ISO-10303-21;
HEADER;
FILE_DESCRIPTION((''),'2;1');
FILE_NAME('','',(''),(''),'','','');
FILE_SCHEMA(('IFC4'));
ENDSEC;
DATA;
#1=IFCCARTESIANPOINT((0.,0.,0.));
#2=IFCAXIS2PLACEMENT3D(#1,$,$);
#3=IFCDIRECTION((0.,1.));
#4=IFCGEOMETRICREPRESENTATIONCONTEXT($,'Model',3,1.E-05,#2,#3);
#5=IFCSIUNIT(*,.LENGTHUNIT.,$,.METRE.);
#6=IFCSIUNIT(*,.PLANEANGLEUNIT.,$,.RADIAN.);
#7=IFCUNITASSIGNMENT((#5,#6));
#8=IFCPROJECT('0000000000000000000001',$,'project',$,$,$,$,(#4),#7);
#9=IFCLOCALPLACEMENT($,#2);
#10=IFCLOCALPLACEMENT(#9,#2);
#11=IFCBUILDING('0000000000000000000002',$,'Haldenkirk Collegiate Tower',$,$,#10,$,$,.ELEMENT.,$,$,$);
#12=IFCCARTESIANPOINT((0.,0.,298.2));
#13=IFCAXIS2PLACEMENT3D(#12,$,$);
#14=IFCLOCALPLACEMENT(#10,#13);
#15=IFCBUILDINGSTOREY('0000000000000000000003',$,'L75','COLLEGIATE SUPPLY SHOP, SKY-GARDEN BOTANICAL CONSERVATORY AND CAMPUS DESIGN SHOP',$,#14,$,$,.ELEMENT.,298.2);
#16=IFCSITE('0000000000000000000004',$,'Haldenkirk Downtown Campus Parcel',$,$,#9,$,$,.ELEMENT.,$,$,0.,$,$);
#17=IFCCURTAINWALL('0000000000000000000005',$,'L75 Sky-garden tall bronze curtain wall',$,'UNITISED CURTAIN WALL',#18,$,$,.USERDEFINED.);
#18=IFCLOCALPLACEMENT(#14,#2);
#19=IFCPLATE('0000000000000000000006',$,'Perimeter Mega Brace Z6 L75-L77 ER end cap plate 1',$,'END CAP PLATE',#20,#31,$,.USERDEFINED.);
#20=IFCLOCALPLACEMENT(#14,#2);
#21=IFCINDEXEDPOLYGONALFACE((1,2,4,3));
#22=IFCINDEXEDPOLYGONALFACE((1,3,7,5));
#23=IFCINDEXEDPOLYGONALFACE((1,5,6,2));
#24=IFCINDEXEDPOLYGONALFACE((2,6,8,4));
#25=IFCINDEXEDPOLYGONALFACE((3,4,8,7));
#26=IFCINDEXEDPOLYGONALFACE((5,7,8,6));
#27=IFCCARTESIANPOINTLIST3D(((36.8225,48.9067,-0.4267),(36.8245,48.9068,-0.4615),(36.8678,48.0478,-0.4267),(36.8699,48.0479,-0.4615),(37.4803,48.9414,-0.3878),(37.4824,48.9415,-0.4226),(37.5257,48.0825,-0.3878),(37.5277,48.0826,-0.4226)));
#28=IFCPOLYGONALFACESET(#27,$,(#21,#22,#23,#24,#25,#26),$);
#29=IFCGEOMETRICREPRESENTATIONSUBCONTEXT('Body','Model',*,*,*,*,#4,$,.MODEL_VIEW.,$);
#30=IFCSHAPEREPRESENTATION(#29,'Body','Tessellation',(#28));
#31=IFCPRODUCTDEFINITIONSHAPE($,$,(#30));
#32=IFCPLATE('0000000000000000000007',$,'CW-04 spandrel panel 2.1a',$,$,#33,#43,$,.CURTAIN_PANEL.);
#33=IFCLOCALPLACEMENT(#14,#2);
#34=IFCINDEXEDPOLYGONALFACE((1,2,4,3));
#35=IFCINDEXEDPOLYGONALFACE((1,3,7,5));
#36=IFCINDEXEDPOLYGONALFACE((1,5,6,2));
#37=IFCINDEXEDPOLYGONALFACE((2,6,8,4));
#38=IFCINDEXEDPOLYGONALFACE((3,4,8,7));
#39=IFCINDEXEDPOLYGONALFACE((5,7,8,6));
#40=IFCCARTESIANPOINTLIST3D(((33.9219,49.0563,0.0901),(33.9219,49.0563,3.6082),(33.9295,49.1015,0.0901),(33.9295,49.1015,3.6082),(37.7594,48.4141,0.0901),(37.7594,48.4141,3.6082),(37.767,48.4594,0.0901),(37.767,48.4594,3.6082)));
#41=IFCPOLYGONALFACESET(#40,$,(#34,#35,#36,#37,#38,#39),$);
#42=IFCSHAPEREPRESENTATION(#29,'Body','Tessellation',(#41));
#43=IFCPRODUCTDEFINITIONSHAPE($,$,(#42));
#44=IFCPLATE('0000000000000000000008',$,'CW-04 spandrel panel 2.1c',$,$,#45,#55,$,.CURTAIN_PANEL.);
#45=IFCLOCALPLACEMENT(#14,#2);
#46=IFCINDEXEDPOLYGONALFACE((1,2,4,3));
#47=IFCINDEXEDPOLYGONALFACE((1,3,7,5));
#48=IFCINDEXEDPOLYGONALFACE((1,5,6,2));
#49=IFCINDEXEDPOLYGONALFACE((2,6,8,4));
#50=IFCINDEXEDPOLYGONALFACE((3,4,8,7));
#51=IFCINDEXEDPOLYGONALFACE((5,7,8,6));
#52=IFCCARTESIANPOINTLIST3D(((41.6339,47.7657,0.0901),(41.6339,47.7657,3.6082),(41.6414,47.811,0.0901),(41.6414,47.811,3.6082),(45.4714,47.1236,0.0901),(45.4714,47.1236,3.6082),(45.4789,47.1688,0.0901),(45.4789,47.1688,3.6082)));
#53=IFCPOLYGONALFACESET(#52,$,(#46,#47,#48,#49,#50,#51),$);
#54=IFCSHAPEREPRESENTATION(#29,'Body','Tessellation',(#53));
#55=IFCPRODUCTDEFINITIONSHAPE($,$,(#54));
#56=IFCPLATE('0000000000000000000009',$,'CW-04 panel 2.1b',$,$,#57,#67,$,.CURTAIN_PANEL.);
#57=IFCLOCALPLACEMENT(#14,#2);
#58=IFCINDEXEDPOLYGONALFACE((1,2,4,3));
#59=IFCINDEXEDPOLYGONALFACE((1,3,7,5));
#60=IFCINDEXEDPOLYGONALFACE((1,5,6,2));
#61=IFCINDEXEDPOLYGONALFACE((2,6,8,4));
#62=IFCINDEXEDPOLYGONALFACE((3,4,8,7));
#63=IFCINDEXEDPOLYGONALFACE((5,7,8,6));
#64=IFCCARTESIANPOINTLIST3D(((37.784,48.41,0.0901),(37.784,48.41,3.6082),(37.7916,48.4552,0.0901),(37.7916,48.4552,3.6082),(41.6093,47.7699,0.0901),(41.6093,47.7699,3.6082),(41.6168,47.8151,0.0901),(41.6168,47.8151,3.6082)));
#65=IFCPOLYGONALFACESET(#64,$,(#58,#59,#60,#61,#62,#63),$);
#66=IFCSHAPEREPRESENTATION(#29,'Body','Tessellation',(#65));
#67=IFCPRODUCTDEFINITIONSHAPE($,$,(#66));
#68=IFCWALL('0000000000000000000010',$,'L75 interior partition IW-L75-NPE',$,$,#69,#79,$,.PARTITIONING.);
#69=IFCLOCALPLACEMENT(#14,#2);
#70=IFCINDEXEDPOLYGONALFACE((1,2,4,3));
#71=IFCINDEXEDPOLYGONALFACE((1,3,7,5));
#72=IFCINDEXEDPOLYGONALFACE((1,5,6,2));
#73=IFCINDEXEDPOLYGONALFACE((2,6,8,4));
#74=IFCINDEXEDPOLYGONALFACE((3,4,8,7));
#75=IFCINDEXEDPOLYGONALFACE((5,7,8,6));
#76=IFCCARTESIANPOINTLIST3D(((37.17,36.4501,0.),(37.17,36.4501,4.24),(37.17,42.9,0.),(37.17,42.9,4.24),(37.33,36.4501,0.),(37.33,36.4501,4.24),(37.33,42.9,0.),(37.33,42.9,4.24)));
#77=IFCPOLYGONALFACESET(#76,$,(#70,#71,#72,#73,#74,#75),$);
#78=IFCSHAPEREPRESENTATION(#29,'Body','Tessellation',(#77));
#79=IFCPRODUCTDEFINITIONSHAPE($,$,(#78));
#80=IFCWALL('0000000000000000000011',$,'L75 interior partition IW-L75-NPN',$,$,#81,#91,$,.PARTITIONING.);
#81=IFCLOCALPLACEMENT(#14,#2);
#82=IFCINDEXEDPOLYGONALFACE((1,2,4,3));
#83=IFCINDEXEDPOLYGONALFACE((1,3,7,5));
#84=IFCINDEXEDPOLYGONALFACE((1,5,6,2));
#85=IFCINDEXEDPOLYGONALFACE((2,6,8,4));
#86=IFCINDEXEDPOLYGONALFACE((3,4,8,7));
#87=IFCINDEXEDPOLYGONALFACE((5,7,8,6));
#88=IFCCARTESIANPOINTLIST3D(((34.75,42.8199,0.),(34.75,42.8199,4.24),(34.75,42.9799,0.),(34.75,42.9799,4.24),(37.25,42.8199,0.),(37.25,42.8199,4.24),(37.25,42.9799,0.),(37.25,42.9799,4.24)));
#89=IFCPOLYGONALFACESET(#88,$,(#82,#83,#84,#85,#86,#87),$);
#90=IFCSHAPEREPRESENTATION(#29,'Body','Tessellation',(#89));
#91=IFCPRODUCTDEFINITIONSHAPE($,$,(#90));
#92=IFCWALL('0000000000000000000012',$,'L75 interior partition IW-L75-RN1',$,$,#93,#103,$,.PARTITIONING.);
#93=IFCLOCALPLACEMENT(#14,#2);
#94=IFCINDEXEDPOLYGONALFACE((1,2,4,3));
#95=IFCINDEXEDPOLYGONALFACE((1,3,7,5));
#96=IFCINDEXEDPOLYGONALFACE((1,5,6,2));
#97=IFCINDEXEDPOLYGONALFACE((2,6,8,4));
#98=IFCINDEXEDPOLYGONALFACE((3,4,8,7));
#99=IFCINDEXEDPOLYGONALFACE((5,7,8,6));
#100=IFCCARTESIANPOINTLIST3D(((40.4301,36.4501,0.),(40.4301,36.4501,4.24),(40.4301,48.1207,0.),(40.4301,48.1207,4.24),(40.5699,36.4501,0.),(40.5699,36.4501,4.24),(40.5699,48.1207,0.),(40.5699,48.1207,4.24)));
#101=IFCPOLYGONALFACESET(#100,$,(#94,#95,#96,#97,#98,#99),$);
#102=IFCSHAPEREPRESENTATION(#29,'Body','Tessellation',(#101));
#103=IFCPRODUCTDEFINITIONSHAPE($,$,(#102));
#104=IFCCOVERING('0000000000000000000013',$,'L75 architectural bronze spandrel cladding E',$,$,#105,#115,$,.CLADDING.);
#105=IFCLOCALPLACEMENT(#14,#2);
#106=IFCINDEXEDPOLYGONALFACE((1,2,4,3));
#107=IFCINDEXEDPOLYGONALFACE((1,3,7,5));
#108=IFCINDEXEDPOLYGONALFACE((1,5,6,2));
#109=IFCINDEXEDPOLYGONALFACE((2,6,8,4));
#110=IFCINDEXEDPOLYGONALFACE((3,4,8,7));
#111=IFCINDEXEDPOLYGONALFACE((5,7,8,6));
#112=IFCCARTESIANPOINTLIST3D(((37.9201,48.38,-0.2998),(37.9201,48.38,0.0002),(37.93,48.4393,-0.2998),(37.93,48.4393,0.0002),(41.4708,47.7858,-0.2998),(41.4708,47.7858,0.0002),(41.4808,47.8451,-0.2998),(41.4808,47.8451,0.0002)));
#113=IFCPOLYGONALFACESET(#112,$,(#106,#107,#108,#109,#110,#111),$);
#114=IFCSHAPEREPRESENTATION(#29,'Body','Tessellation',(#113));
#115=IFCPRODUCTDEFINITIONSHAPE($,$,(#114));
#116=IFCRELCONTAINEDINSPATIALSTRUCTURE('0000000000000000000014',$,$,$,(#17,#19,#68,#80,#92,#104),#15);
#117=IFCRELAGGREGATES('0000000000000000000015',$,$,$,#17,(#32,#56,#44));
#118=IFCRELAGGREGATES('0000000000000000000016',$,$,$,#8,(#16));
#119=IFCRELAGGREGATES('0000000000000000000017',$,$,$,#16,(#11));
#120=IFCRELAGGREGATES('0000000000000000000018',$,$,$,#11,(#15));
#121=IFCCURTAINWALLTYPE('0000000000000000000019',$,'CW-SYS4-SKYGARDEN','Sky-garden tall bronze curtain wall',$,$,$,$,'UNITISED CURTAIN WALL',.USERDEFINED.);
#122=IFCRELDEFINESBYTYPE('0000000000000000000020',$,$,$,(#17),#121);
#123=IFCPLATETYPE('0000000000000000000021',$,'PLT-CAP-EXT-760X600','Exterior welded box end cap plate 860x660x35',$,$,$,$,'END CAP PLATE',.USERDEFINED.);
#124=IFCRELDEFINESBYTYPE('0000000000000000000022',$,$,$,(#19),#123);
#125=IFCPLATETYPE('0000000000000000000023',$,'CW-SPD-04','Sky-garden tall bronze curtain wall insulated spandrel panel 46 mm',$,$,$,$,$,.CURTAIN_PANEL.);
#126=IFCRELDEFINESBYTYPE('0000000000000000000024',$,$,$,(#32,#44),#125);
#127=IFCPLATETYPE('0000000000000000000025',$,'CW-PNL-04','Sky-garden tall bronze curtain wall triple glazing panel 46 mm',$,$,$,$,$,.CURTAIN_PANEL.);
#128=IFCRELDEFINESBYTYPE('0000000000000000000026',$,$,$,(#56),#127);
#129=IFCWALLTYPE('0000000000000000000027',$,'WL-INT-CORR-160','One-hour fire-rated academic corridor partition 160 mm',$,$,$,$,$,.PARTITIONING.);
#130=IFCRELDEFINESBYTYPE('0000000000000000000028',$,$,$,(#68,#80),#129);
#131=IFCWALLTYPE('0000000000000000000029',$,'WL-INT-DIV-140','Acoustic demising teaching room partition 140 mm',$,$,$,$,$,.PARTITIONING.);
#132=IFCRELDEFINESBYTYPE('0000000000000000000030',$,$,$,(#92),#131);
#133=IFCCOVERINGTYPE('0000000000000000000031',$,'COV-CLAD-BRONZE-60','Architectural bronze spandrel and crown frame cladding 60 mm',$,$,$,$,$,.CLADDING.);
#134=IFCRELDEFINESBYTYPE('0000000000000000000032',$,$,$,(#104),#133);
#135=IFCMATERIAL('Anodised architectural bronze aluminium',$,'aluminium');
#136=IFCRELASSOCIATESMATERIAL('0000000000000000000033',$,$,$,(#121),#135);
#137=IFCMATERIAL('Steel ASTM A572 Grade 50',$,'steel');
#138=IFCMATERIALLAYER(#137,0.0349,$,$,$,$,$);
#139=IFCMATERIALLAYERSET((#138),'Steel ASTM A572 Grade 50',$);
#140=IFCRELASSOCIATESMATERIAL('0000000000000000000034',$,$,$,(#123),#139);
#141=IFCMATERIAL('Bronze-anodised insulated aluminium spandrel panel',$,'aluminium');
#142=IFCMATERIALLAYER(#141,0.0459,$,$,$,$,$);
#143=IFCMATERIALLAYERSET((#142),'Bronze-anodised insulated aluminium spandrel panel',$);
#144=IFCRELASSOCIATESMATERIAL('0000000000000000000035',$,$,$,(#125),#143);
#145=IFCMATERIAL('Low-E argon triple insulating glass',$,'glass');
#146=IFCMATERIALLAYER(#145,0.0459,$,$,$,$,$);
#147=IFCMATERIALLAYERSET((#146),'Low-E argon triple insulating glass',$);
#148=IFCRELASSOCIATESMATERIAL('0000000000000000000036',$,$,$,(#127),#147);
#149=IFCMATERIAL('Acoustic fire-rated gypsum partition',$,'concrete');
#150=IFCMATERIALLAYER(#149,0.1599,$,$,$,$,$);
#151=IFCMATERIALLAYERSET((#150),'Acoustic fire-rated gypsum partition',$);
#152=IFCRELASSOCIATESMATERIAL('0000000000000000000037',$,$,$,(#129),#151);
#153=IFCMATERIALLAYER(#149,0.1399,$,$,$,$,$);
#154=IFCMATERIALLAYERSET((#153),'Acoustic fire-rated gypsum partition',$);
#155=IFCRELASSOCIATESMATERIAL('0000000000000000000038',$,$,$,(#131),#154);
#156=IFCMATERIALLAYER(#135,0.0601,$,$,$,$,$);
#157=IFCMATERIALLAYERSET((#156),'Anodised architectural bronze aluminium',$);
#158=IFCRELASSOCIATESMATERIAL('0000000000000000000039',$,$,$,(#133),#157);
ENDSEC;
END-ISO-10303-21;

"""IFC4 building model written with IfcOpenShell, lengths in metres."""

from ifc_helpers import new_model, si_unit, direction, frame, frame_2d, origin, origin_2d, place, context, subcontext, project, spatial, rectangle, extrude, source, transform, mapped, material, layer, layer_set, type_object, element, aggregate, save


model = new_model("IFC4")

# Units and contexts
model_context = context("Model", 3, precision=1e-05, world=origin(), true_north=direction((0.0, 1.0)))
body_context = subcontext(model_context, "Body", "Model", "MODEL_VIEW")
ifc_project = project(units=[si_unit("LENGTHUNIT", "METRE"), si_unit("PLANEANGLEUNIT", "RADIAN")], contexts=[model_context])

# Site, building, storey
site_placement = place(None, origin())
site = spatial("IfcSite", under=ifc_project, at=site_placement, Name="Haldenkirk Downtown Campus Parcel", CompositionType="ELEMENT", RefElevation=0.0)
building_placement = place(site_placement, origin())
building = spatial("IfcBuilding", under=site, at=building_placement, Name="Haldenkirk Collegiate Tower", CompositionType="ELEMENT")
storey_placement = place(building_placement, frame((0.0, 0.0, 298.2)))
storey = spatial("IfcBuildingStorey", under=building, at=storey_placement, Name="L75", Description="COLLEGIATE SUPPLY SHOP, SKY-GARDEN BOTANICAL CONSERVATORY AND CAMPUS DESIGN SHOP", CompositionType="ELEMENT", Elevation=298.2)

# Curtain wall
ifc_material_1 = material(Name="Anodised architectural bronze aluminium", Category="aluminium")
curtain_wall_type = type_object("IfcCurtainWallType", Name="CW-SYS4-SKYGARDEN", Description="Sky-garden tall bronze curtain wall", ElementType="UNITISED CURTAIN WALL", PredefinedType="USERDEFINED", material=ifc_material_1)
curtain_wall_placement = place(storey_placement, origin())
curtain_wall = element("IfcCurtainWall", 1, at=curtain_wall_placement, inside=storey, type_object=curtain_wall_type, Name="L75 Sky-garden tall bronze curtain wall", ObjectType="UNITISED CURTAIN WALL", PredefinedType="USERDEFINED")

# Shared definitions
ifc_material_2 = material(Name="Steel ASTM A572 Grade 50", Category="steel")

# Plates
ifc_layer_1 = layer(ifc_material_2, 0.0349)
ifc_layer_set_1 = layer_set([ifc_layer_1], Name="Steel ASTM A572 Grade 50")
plate_type_1 = type_object("IfcPlateType", Name="PLT-CAP-EXT-760X600", Description="Exterior welded box end cap plate 860x660x35", ElementType="END CAP PLATE", PredefinedType="USERDEFINED", material=ifc_layer_set_1)
shared_shape_1 = source(origin(), body_context, "Body", "SweptSolid", [
    extrude(rectangle(XDim=0.8601, YDim=0.6599, at=origin_2d()), origin(), (0.0, 0.0, 1.0), 0.0349),
])
plate_1_placement = place(storey_placement, frame((37.1741, 48.4946, -0.4072), z_axis=(0.058909, 0.003108, -0.998259), x_axis=(-0.052691, 0.998611, 0.0)))
element("IfcPlate", 2, at=plate_1_placement, inside=storey, type_object=plate_type_1, Name="Perimeter Mega Brace Z6 L75-L77 ER end cap plate 1", ObjectType="END CAP PLATE", PredefinedType="USERDEFINED", context=body_context, shape_type="MappedRepresentation", body=[
    mapped(shared_shape_1, transform((0.0, 0.0, 0.0), x_axis=(1.0, 0.0, 0.0), y_axis=(0.0, 1.0, 0.0), z_axis=(0.0, 0.0, 1.0), scale=1.0)),
])
ifc_material_3 = material(Name="Bronze-anodised insulated aluminium spandrel panel", Category="aluminium")
ifc_layer_2 = layer(ifc_material_3, 0.0459)
ifc_layer_set_2 = layer_set([ifc_layer_2], Name="Bronze-anodised insulated aluminium spandrel panel")
plate_type_2 = type_object("IfcPlateType", Name="CW-SPD-04", Description="Sky-garden tall bronze curtain wall insulated spandrel panel 46 mm", PredefinedType="CURTAIN_PANEL", material=ifc_layer_set_2)
shared_shape_2 = source(origin(), body_context, "Body", "SweptSolid", [
    extrude(rectangle(XDim=3.8909, YDim=0.0459, at=origin_2d()), origin(), (0.0, 0.0, 1.0), 3.5181),
])
plate_2_placement = place(storey_placement, frame((35.8445, 48.7578, 0.0901), z_axis=(0.0, 0.0, 1.0), x_axis=(0.986285, -0.165049, 0.0)))
plate_2 = element("IfcPlate", 3, at=plate_2_placement, type_object=plate_type_2, Name="CW-04 spandrel panel 2.1a", PredefinedType="CURTAIN_PANEL", context=body_context, shape_type="MappedRepresentation", body=[
    mapped(shared_shape_2, transform((0.0, 0.0, 0.0), x_axis=(1.0, 0.0, 0.0), y_axis=(0.0, 1.0, 0.0), z_axis=(0.0, 0.0, 1.0), scale=1.0)),
])
plate_3_placement = place(storey_placement, frame((43.5564, 47.4673, 0.0901), z_axis=(0.0, 0.0, 1.0), x_axis=(0.986285, -0.165049, 0.0)))
plate_3 = element("IfcPlate", 4, at=plate_3_placement, type_object=plate_type_2, Name="CW-04 spandrel panel 2.1c", PredefinedType="CURTAIN_PANEL", context=body_context, shape_type="MappedRepresentation", body=[
    mapped(shared_shape_2, transform((0.0, 0.0, 0.0), x_axis=(1.0, 0.0, 0.0), y_axis=(0.0, 1.0, 0.0), z_axis=(0.0, 0.0, 1.0), scale=1.0)),
])
ifc_material_4 = material(Name="Low-E argon triple insulating glass", Category="glass")
ifc_layer_3 = layer(ifc_material_4, 0.0459)
ifc_layer_set_3 = layer_set([ifc_layer_3], Name="Low-E argon triple insulating glass")
plate_type_3 = type_object("IfcPlateType", Name="CW-PNL-04", Description="Sky-garden tall bronze curtain wall triple glazing panel 46 mm", PredefinedType="CURTAIN_PANEL", material=ifc_layer_set_3)
shared_shape_3 = source(origin(), body_context, "Body", "SweptSolid", [
    extrude(rectangle(XDim=3.8784, YDim=0.0459, at=origin_2d()), origin(), (0.0, 0.0, 1.0), 3.5181),
])
plate_4_placement = place(storey_placement, frame((39.7004, 48.1125, 0.0901), z_axis=(0.0, 0.0, 1.0), x_axis=(0.986285, -0.165049, 0.0)))
plate_4 = element("IfcPlate", 5, at=plate_4_placement, type_object=plate_type_3, Name="CW-04 panel 2.1b", PredefinedType="CURTAIN_PANEL", context=body_context, shape_type="MappedRepresentation", body=[
    mapped(shared_shape_3, transform((0.0, 0.0, 0.0), x_axis=(1.0, 0.0, 0.0), y_axis=(0.0, 1.0, 0.0), z_axis=(0.0, 0.0, 1.0), scale=1.0)),
])
aggregate(curtain_wall, [plate_2, plate_4, plate_3])

# Walls
ifc_material_5 = material(Name="Acoustic fire-rated gypsum partition", Category="concrete")
ifc_layer_4 = layer(ifc_material_5, 0.1599)
ifc_layer_set_4 = layer_set([ifc_layer_4], Name="Acoustic fire-rated gypsum partition")
wall_type_1 = type_object("IfcWallType", Name="WL-INT-CORR-160", Description="One-hour fire-rated academic corridor partition 160 mm", PredefinedType="PARTITIONING", material=ifc_layer_set_4)
wall_1_placement = place(storey_placement, frame((37.25, 36.45, 0.0), z_axis=(0.0, 0.0, 1.0), x_axis=(0.0, 1.0, 0.0)))
element("IfcWall", 6, at=wall_1_placement, inside=storey, type_object=wall_type_1, Name="L75 interior partition IW-L75-NPE", PredefinedType="PARTITIONING", context=body_context, shape_type="SweptSolid", body=[
    extrude(rectangle(XDim=6.45, YDim=0.1599, at=frame_2d((3.2251, 0.0))), origin(), (0.0, 0.0, 1.0), 4.24),
])
wall_2_placement = place(storey_placement, frame((34.75, 42.8999, 0.0), z_axis=(0.0, 0.0, 1.0), x_axis=(1.0, 0.0, 0.0)))
element("IfcWall", 7, at=wall_2_placement, inside=storey, type_object=wall_type_1, Name="L75 interior partition IW-L75-NPN", PredefinedType="PARTITIONING", context=body_context, shape_type="SweptSolid", body=[
    extrude(rectangle(XDim=2.5, YDim=0.1599, at=frame_2d((1.25, 0.0))), origin(), (0.0, 0.0, 1.0), 4.24),
])
ifc_layer_5 = layer(ifc_material_5, 0.1399)
ifc_layer_set_5 = layer_set([ifc_layer_5], Name="Acoustic fire-rated gypsum partition")
wall_type_2 = type_object("IfcWallType", Name="WL-INT-DIV-140", Description="Acoustic demising teaching room partition 140 mm", PredefinedType="PARTITIONING", material=ifc_layer_set_5)
wall_3_placement = place(storey_placement, frame((40.5, 36.45, 0.0), z_axis=(0.0, 0.0, 1.0), x_axis=(0.0, 1.0, 0.0)))
element("IfcWall", 8, at=wall_3_placement, inside=storey, type_object=wall_type_2, Name="L75 interior partition IW-L75-RN1", PredefinedType="PARTITIONING", context=body_context, shape_type="SweptSolid", body=[
    extrude(rectangle(XDim=11.6707, YDim=0.1399, at=frame_2d((5.8354, 0.0))), origin(), (0.0, 0.0, 1.0), 4.24),
])

# Covering
ifc_layer_6 = layer(ifc_material_1, 0.0601)
ifc_layer_set_6 = layer_set([ifc_layer_6], Name="Anodised architectural bronze aluminium")
covering_type = type_object("IfcCoveringType", Name="COV-CLAD-BRONZE-60", Description="Architectural bronze spandrel and crown frame cladding 60 mm", PredefinedType="CLADDING", material=ifc_layer_set_6)
shared_shape_4 = source(origin(), body_context, "Body", "SweptSolid", [
    extrude(rectangle(XDim=3.6001, YDim=0.0601, at=origin_2d()), origin(), (0.0, 0.0, 1.0), 0.3),
])
covering_placement = place(storey_placement, frame((39.7004, 48.1125, -0.2998), z_axis=(0.0, 0.0, 1.0), x_axis=(0.986286, -0.165048, 0.0)))
element("IfcCovering", 9, at=covering_placement, inside=storey, type_object=covering_type, Name="L75 architectural bronze spandrel cladding E", PredefinedType="CLADDING", context=body_context, shape_type="MappedRepresentation", body=[
    mapped(shared_shape_4, transform((0.0, 0.0, 0.0), x_axis=(1.0, 0.0, 0.0), y_axis=(0.0, 1.0, 0.0), z_axis=(0.0, 0.0, 1.0), scale=1.0)),
])

save(model, "model.ifc")
